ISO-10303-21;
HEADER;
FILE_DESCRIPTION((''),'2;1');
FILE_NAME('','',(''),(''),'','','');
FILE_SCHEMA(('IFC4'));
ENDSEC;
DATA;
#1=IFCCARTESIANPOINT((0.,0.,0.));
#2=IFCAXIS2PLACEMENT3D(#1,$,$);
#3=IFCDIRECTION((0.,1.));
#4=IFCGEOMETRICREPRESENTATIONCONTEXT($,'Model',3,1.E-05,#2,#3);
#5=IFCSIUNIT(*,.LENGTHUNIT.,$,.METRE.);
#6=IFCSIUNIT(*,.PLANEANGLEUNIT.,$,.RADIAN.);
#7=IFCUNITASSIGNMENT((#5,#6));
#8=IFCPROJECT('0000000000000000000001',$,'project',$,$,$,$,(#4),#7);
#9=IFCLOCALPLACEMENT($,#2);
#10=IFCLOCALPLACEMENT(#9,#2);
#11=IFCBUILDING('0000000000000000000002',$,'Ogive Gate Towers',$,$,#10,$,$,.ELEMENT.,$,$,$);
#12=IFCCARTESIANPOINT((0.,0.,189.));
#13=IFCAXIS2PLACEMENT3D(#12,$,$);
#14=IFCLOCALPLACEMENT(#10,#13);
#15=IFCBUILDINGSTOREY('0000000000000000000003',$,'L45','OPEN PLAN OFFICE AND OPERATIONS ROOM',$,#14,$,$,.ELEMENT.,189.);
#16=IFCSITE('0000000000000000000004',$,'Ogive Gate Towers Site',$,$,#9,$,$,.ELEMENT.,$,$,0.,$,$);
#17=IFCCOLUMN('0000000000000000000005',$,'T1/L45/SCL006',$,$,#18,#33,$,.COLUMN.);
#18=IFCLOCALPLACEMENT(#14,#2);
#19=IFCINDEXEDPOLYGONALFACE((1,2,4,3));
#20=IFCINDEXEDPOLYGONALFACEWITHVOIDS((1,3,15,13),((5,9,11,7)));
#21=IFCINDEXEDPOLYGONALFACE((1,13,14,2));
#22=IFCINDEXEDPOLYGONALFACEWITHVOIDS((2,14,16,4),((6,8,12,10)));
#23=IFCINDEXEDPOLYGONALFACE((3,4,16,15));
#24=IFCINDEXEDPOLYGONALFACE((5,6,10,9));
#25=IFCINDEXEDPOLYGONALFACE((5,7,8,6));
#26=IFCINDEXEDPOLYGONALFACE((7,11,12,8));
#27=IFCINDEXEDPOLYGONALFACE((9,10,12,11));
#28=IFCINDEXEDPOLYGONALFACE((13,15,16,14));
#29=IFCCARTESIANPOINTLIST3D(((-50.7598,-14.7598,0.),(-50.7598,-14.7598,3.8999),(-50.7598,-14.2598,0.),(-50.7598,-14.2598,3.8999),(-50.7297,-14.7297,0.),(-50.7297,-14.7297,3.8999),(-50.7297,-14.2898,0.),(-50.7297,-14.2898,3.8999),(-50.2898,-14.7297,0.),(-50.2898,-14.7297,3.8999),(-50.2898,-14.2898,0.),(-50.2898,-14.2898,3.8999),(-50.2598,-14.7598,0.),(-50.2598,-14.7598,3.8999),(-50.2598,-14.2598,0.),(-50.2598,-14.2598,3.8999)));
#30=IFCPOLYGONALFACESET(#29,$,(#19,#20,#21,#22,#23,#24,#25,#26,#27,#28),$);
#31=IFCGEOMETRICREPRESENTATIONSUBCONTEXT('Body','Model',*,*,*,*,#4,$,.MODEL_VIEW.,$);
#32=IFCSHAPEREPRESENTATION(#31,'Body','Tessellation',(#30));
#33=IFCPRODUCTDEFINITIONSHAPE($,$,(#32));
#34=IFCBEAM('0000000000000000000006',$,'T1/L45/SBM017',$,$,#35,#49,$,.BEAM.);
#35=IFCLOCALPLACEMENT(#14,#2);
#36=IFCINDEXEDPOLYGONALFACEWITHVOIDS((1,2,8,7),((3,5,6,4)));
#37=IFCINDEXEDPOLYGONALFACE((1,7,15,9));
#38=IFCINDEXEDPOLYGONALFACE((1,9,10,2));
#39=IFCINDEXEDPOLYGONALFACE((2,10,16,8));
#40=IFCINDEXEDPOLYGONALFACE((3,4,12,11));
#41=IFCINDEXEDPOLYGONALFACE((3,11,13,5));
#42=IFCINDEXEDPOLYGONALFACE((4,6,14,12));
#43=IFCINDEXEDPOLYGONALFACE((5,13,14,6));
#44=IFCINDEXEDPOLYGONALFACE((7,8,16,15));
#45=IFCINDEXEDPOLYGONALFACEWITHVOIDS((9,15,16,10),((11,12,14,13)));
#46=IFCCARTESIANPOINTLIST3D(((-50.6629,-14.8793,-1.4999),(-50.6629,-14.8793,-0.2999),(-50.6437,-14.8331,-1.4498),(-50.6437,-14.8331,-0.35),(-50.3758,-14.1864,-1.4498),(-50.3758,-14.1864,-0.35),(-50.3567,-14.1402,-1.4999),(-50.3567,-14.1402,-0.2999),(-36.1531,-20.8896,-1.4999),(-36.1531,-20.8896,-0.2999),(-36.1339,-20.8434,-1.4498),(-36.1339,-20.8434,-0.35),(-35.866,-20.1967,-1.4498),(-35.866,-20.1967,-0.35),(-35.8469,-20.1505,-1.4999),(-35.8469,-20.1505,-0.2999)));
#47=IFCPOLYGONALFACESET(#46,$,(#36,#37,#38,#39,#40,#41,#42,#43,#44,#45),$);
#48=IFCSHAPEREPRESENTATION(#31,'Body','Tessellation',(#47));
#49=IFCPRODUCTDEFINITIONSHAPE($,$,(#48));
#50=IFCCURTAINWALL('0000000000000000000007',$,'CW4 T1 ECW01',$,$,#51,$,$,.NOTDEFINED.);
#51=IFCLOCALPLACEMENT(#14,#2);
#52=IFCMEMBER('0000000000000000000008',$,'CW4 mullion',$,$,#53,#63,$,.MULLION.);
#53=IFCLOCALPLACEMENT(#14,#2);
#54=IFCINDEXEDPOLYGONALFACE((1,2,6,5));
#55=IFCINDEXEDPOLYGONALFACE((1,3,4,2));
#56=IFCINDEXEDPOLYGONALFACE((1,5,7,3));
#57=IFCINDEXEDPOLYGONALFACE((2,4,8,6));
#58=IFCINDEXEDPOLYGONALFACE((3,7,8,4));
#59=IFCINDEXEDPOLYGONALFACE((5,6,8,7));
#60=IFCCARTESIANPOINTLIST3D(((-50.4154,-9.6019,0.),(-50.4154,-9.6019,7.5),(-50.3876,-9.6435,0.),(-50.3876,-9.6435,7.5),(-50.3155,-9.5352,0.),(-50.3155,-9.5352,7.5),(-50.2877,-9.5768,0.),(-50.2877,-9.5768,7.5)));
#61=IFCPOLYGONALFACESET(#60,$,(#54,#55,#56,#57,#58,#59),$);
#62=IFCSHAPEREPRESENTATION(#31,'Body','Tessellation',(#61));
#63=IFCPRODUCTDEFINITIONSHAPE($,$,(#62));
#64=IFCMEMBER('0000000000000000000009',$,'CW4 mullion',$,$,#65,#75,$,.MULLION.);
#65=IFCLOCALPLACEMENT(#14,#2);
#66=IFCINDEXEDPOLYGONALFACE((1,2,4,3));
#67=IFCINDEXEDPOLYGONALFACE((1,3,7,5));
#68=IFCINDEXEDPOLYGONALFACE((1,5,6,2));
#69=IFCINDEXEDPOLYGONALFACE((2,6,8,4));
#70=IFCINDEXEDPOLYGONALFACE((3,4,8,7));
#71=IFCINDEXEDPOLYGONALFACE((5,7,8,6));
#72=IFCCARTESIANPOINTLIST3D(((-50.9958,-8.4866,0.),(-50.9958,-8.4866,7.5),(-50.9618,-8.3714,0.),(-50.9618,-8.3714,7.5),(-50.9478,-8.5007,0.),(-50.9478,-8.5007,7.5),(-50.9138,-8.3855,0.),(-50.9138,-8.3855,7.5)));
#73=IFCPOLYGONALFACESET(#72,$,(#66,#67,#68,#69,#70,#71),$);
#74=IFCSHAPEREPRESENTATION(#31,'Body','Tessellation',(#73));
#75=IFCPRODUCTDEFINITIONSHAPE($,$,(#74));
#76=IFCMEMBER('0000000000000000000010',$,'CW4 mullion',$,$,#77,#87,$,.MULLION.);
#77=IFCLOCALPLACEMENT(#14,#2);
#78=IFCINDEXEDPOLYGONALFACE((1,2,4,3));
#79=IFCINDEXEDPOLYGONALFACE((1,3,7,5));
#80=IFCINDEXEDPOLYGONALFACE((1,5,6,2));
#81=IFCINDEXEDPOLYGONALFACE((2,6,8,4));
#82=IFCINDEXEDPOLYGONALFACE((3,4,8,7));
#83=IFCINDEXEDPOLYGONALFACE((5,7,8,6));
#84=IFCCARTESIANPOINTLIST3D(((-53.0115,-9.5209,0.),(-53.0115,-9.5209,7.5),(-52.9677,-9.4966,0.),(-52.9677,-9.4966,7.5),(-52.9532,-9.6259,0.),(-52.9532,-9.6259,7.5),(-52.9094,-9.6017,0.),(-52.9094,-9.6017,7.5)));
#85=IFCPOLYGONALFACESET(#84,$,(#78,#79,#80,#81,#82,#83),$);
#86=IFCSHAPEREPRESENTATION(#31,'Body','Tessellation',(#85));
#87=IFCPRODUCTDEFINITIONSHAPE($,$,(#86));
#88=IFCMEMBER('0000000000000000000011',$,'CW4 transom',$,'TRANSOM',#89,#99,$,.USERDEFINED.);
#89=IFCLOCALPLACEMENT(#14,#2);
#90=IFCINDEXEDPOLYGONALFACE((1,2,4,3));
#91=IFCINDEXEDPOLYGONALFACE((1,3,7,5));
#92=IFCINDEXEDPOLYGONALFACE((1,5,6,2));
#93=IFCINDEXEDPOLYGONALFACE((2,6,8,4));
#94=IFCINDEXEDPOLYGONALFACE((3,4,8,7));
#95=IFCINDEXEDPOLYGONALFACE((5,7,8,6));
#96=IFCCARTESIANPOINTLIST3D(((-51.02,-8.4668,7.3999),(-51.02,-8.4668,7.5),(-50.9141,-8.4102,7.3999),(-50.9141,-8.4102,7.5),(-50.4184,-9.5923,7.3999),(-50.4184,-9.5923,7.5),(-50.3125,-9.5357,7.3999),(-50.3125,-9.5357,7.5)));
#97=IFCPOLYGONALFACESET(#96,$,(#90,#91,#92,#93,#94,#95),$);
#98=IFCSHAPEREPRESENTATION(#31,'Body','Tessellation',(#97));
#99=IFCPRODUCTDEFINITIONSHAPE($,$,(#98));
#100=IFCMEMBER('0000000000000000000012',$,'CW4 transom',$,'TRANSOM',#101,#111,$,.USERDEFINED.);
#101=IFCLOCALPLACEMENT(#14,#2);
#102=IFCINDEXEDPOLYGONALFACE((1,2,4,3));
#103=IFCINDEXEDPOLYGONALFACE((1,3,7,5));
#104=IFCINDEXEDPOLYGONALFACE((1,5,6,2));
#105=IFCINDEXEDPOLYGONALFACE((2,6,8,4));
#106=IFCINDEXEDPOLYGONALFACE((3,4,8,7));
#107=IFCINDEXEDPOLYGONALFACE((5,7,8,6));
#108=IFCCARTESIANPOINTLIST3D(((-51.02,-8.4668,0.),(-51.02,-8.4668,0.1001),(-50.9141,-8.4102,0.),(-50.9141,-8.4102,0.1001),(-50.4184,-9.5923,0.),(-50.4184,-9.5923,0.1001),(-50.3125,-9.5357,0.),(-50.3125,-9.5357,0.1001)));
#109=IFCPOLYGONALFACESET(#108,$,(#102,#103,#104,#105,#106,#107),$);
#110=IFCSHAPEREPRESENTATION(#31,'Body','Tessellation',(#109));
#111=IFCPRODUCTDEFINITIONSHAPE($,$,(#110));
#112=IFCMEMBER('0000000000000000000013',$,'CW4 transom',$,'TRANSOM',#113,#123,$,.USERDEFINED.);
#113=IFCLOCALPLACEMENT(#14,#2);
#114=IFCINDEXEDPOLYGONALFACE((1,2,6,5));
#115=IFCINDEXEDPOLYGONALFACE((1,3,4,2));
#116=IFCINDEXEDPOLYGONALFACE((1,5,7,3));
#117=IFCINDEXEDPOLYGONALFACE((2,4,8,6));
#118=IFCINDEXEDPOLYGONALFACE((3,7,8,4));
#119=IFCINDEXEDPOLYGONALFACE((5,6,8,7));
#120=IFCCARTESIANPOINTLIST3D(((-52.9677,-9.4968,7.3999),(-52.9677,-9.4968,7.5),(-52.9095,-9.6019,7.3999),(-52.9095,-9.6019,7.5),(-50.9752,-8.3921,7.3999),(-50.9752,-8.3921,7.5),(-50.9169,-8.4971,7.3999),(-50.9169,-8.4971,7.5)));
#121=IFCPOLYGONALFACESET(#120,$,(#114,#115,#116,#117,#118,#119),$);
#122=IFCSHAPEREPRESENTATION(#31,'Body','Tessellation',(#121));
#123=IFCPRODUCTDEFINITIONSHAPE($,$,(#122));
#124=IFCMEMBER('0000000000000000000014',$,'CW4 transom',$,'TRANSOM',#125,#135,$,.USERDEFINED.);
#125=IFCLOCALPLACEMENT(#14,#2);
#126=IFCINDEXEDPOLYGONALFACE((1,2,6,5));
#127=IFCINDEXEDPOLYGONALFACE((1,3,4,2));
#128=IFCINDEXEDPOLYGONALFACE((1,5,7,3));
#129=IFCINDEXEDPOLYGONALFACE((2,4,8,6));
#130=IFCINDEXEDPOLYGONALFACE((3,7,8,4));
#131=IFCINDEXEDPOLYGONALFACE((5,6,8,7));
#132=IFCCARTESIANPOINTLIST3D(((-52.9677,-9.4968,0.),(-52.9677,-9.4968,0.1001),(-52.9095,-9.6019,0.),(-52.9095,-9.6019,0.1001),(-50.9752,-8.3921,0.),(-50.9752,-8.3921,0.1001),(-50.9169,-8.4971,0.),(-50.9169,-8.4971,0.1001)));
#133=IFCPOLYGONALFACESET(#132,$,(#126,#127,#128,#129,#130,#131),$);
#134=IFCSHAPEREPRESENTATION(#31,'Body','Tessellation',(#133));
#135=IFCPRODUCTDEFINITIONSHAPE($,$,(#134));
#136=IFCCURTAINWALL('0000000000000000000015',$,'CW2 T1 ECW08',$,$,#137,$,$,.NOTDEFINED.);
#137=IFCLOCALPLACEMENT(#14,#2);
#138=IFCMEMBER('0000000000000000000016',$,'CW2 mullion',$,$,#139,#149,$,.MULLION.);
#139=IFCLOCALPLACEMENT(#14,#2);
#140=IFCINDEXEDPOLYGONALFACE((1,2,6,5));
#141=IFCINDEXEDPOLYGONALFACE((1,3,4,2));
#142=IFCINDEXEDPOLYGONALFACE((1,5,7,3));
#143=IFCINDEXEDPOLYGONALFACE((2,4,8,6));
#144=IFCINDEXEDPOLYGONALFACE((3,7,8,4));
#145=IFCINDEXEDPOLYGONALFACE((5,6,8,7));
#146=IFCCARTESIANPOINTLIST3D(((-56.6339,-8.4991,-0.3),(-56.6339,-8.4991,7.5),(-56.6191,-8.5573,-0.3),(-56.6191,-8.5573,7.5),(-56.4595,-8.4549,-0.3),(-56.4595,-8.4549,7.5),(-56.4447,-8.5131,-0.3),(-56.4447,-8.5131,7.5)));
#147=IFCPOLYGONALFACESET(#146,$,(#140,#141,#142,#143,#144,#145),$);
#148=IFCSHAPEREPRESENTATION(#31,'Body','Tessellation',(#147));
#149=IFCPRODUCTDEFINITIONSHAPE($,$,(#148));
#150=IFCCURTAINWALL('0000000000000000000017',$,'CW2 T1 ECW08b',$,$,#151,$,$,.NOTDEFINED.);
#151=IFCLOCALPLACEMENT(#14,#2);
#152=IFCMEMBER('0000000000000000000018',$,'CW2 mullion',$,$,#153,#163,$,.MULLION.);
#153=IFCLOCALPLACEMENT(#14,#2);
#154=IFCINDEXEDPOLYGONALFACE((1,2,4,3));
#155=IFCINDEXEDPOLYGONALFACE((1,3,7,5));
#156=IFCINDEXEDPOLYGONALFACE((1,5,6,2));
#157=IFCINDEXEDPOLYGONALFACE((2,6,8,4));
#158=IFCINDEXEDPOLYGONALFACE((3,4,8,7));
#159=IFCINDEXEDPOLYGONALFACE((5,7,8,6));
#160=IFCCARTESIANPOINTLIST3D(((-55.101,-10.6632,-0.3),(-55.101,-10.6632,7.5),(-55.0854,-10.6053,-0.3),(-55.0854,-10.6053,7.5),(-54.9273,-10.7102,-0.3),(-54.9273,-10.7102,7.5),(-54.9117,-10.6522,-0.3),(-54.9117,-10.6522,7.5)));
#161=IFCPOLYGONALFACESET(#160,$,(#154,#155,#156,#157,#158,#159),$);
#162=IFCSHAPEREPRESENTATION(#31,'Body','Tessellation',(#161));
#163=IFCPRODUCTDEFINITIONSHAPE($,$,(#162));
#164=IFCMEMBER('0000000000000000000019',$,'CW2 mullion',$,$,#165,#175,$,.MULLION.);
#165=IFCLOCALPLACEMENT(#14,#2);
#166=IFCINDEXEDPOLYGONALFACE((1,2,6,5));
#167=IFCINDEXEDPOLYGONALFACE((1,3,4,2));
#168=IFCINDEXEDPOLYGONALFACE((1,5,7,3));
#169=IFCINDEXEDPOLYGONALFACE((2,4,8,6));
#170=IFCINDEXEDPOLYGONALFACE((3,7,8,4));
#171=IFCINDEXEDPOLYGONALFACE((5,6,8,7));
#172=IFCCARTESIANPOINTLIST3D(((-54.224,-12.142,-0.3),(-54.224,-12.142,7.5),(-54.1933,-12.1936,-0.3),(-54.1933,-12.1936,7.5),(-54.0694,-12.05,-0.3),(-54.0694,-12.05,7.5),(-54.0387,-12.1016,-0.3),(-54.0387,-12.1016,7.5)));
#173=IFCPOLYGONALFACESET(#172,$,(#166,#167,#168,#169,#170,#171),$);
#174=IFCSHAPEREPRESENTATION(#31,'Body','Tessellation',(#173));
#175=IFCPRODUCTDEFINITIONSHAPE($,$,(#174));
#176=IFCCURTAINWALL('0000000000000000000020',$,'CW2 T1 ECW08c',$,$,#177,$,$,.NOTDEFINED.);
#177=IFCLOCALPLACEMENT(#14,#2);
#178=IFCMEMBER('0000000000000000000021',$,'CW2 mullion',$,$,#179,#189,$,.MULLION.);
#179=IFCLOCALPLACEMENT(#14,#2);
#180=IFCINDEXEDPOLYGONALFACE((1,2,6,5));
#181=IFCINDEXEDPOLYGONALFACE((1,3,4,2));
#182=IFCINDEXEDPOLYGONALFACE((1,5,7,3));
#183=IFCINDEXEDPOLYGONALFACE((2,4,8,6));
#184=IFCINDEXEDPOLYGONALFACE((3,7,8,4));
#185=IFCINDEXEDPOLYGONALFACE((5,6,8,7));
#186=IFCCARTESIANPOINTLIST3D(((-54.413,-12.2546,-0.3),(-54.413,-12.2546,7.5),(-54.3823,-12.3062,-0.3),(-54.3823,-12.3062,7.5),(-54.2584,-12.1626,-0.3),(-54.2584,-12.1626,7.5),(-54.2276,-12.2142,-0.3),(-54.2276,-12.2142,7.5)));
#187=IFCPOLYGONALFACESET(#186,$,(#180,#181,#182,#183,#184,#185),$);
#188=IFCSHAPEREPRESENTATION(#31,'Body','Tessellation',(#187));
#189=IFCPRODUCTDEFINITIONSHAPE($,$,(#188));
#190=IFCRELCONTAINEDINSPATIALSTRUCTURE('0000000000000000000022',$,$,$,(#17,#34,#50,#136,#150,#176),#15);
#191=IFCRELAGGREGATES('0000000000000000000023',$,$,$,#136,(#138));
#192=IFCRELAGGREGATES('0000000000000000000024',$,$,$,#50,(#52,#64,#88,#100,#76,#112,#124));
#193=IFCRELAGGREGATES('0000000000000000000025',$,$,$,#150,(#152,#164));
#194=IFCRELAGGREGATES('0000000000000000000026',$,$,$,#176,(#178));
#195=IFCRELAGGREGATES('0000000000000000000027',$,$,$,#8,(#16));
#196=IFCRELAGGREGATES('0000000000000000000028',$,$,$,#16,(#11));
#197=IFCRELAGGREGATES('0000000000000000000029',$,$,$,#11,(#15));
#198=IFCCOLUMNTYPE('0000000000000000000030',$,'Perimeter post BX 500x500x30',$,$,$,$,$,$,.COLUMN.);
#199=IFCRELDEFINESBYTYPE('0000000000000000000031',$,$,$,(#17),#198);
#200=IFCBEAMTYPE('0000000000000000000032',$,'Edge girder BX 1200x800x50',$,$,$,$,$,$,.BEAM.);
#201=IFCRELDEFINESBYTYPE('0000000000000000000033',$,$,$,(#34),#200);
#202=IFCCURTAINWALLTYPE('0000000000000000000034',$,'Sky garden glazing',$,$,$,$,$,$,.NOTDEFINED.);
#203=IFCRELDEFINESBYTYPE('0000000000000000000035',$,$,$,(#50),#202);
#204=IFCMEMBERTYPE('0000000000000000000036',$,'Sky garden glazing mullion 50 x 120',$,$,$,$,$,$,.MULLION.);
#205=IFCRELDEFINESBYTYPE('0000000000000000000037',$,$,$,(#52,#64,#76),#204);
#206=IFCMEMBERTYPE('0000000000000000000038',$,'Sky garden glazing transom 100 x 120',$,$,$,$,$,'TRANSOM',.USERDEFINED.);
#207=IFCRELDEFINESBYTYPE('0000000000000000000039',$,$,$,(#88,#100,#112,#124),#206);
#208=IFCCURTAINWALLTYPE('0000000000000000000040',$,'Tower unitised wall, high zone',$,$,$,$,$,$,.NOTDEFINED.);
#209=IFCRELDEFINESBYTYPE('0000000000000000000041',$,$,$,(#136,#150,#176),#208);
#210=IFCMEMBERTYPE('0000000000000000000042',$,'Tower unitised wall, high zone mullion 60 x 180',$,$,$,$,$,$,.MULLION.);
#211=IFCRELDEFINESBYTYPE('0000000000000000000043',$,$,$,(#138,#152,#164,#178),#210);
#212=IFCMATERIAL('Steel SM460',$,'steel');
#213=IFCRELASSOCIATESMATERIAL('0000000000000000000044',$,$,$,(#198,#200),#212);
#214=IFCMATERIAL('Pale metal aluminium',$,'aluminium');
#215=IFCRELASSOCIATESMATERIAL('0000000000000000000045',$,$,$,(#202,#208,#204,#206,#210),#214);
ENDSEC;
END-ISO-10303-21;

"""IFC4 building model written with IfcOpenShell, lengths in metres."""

from ifc_helpers import new_model, si_unit, direction, frame, origin, origin_2d, place, context, subcontext, project, spatial, rectangle, hollow_rectangle, extrude, material, material_profile, profile_set, type_object, element, aggregate, save


model = new_model("IFC4")

# Units and contexts
model_context = context("Model", 3, precision=1e-05, world=origin(), true_north=direction((0.0, 1.0)))
body_context = subcontext(model_context, "Body", "Model", "MODEL_VIEW")
ifc_project = project(units=[si_unit("LENGTHUNIT", "METRE"), si_unit("PLANEANGLEUNIT", "RADIAN")], contexts=[model_context])

# Site, building, storey
site_placement = place(None, origin())
site = spatial("IfcSite", under=ifc_project, at=site_placement, Name="Ogive Gate Towers Site", CompositionType="ELEMENT", RefElevation=0.0)
building_placement = place(site_placement, origin())
building = spatial("IfcBuilding", under=site, at=building_placement, Name="Ogive Gate Towers", CompositionType="ELEMENT")
storey_placement = place(building_placement, frame((0.0, 0.0, 189.0)))
storey = spatial("IfcBuildingStorey", under=building, at=storey_placement, Name="L45", Description="OPEN PLAN OFFICE AND OPERATIONS ROOM", CompositionType="ELEMENT", Elevation=189.0)

# Column
ifc_material_1 = material(Name="Steel SM460", Category="steel")
ifc_material_profile_1 = material_profile(ifc_material_1, hollow_rectangle(XDim=0.5, YDim=0.5, WallThickness=0.03, at=origin_2d()), Name="BX 500x500x30")
ifc_profile_set_1 = profile_set([ifc_material_profile_1], Name="Steel SM460")
column_type = type_object("IfcColumnType", Name="Perimeter post BX 500x500x30", PredefinedType="COLUMN", material=ifc_profile_set_1)
column_placement = place(storey_placement, frame((-50.5098, -14.5098, 0.0), z_axis=(0.0, 0.0, 1.0), x_axis=(1.0, 0.0, 0.0)))
element("IfcColumn", 1, at=column_placement, inside=storey, type_object=column_type, Name="T1/L45/SCL006", PredefinedType="COLUMN", context=body_context, shape_type="SweptSolid", body=[
    extrude(hollow_rectangle(XDim=0.5, YDim=0.5, WallThickness=0.03, at=origin_2d()), origin(), (0.0, 0.0, 1.0), 3.8999),
])

# Beam
ifc_material_profile_2 = material_profile(ifc_material_1, hollow_rectangle(XDim=0.8, YDim=1.2, WallThickness=0.05, at=origin_2d()), Name="BX 1200x800x50")
ifc_profile_set_2 = profile_set([ifc_material_profile_2], Name="Steel SM460")
beam_type = type_object("IfcBeamType", Name="Edge girder BX 1200x800x50", PredefinedType="BEAM", material=ifc_profile_set_2)
beam_placement = place(storey_placement, frame((-50.5098, -14.5098, -0.8999), z_axis=(0.923877, -0.38269, 0.0), x_axis=(0.38269, 0.923877, 0.0)))
element("IfcBeam", 2, at=beam_placement, inside=storey, type_object=beam_type, Name="T1/L45/SBM017", PredefinedType="BEAM", context=body_context, shape_type="SweptSolid", body=[
    extrude(hollow_rectangle(XDim=0.8, YDim=1.2, WallThickness=0.05, at=origin_2d()), origin(), (0.0, 0.0, 1.0), 15.7053),
])

# Curtain wall, members
ifc_material_2 = material(Name="Pale metal aluminium", Category="aluminium")
curtain_wall_type_1 = type_object("IfcCurtainWallType", Name="Sky garden glazing", PredefinedType="NOTDEFINED", material=ifc_material_2)
curtain_wall_1_placement = place(storey_placement, origin())
curtain_wall_1 = element("IfcCurtainWall", 3, at=curtain_wall_1_placement, inside=storey, type_object=curtain_wall_type_1, Name="CW4 T1 ECW01", PredefinedType="NOTDEFINED")
ifc_material_profile_3 = material_profile(ifc_material_2, rectangle(XDim=0.1201, YDim=0.05, at=origin_2d()), Name="50 x 120 aluminium box")
ifc_profile_set_3 = profile_set([ifc_material_profile_3], Name="Pale metal aluminium")
member_type_1 = type_object("IfcMemberType", Name="Sky garden glazing mullion 50 x 120", PredefinedType="MULLION", material=ifc_profile_set_3)
member_1_placement = place(storey_placement, frame((-50.3516, -9.5894, 0.0), z_axis=(0.0, 0.0, 1.0), x_axis=(0.83146, 0.555585, 0.0)))
member_1 = element("IfcMember", 4, at=member_1_placement, type_object=member_type_1, Name="CW4 mullion", PredefinedType="MULLION", context=body_context, shape_type="SweptSolid", body=[
    extrude(rectangle(XDim=0.1201, YDim=0.05, at=origin_2d()), origin(), (0.0, 0.0, 1.0), 7.5),
])
member_2_placement = place(storey_placement, frame((-50.9548, -8.436, 0.0), z_axis=(0.0, 0.0, 1.0), x_axis=(0.282944, 0.959136, 0.0)))
member_2 = element("IfcMember", 5, at=member_2_placement, type_object=member_type_1, Name="CW4 mullion", PredefinedType="MULLION", context=body_context, shape_type="SweptSolid", body=[
    extrude(rectangle(XDim=0.1201, YDim=0.05, at=origin_2d()), origin(), (0.0, 0.0, 1.0), 7.5),
])
member_3_placement = place(storey_placement, frame((-52.9604, -9.5613, 0.0), z_axis=(0.0, 0.0, 1.0), x_axis=(-0.484825, 0.874611, 0.0)))
member_3 = element("IfcMember", 6, at=member_3_placement, type_object=member_type_1, Name="CW4 mullion", PredefinedType="MULLION", context=body_context, shape_type="SweptSolid", body=[
    extrude(rectangle(XDim=0.1201, YDim=0.05, at=origin_2d()), origin(), (0.0, 0.0, 1.0), 7.5),
])
ifc_material_profile_4 = material_profile(ifc_material_2, rectangle(XDim=0.1201, YDim=0.1001, at=origin_2d()), Name="100 x 120 aluminium box")
ifc_profile_set_4 = profile_set([ifc_material_profile_4], Name="Pale metal aluminium")
member_type_2 = type_object("IfcMemberType", Name="Sky garden glazing transom 100 x 120", ElementType="TRANSOM", PredefinedType="USERDEFINED", material=ifc_profile_set_4)
member_4_placement = place(storey_placement, frame((-50.3655, -9.564, 7.45), z_axis=(-0.471382, 0.881929, 0.0), x_axis=(-0.881929, -0.471382, 0.0)))
member_4 = element("IfcMember", 7, at=member_4_placement, type_object=member_type_2, Name="CW4 transom", ObjectType="TRANSOM", PredefinedType="USERDEFINED", context=body_context, shape_type="SweptSolid", body=[
    extrude(rectangle(XDim=0.1201, YDim=0.1001, at=origin_2d()), origin(), (0.0, 0.0, 1.0), 1.2761),
])
member_5_placement = place(storey_placement, frame((-50.3655, -9.564, 0.05), z_axis=(-0.471382, 0.881929, 0.0), x_axis=(-0.881929, -0.471382, 0.0)))
member_5 = element("IfcMember", 8, at=member_5_placement, type_object=member_type_2, Name="CW4 transom", ObjectType="TRANSOM", PredefinedType="USERDEFINED", context=body_context, shape_type="SweptSolid", body=[
    extrude(rectangle(XDim=0.1201, YDim=0.1001, at=origin_2d()), origin(), (0.0, 0.0, 1.0), 1.2761),
])
member_6_placement = place(storey_placement, frame((-50.946, -8.4446, 7.45), z_axis=(-0.874561, -0.484915, 0.0), x_axis=(0.484915, -0.874561, 0.0)))
member_6 = element("IfcMember", 9, at=member_6_placement, type_object=member_type_2, Name="CW4 transom", ObjectType="TRANSOM", PredefinedType="USERDEFINED", context=body_context, shape_type="SweptSolid", body=[
    extrude(rectangle(XDim=0.1201, YDim=0.1001, at=origin_2d()), origin(), (0.0, 0.0, 1.0), 2.2783),
])
member_7_placement = place(storey_placement, frame((-50.946, -8.4446, 0.05), z_axis=(-0.874561, -0.484915, 0.0), x_axis=(0.484915, -0.874561, 0.0)))
member_7 = element("IfcMember", 10, at=member_7_placement, type_object=member_type_2, Name="CW4 transom", ObjectType="TRANSOM", PredefinedType="USERDEFINED", context=body_context, shape_type="SweptSolid", body=[
    extrude(rectangle(XDim=0.1201, YDim=0.1001, at=origin_2d()), origin(), (0.0, 0.0, 1.0), 2.2783),
])

# Curtain wall, member
curtain_wall_type_2 = type_object("IfcCurtainWallType", Name="Tower unitised wall, high zone", PredefinedType="NOTDEFINED", material=ifc_material_2)
curtain_wall_2_placement = place(storey_placement, origin())
curtain_wall_2 = element("IfcCurtainWall", 11, at=curtain_wall_2_placement, inside=storey, type_object=curtain_wall_type_2, Name="CW2 T1 ECW08", PredefinedType="NOTDEFINED")
ifc_material_profile_5 = material_profile(ifc_material_2, rectangle(XDim=0.1799, YDim=0.0601, at=origin_2d()), Name="60 x 180 aluminium box")
ifc_profile_set_5 = profile_set([ifc_material_profile_5], Name="Pale metal aluminium")
member_type_3 = type_object("IfcMemberType", Name="Tower unitised wall, high zone mullion 60 x 180", PredefinedType="MULLION", material=ifc_profile_set_5)
member_8_placement = place(storey_placement, frame((-56.5393, -8.5061, -0.3), z_axis=(0.0, 0.0, 1.0), x_axis=(0.9693, 0.245883, 0.0)))
member_8 = element("IfcMember", 12, at=member_8_placement, type_object=member_type_3, Name="CW2 mullion", PredefinedType="MULLION", context=body_context, shape_type="SweptSolid", body=[
    extrude(rectangle(XDim=0.1799, YDim=0.0601, at=origin_2d()), origin(), (0.0, 0.0, 1.0), 7.8),
])

# Curtain wall, members
curtain_wall_3_placement = place(storey_placement, origin())
curtain_wall_3 = element("IfcCurtainWall", 13, at=curtain_wall_3_placement, inside=storey, type_object=curtain_wall_type_2, Name="CW2 T1 ECW08b", PredefinedType="NOTDEFINED")
member_9_placement = place(storey_placement, frame((-55.0063, -10.6577, -0.3), z_axis=(0.0, 0.0, 1.0), x_axis=(-0.965395, 0.260791, 0.0)))
member_9 = element("IfcMember", 14, at=member_9_placement, type_object=member_type_3, Name="CW2 mullion", PredefinedType="MULLION", context=body_context, shape_type="SweptSolid", body=[
    extrude(rectangle(XDim=0.1799, YDim=0.0601, at=origin_2d()), origin(), (0.0, 0.0, 1.0), 7.8),
])
member_10_placement = place(storey_placement, frame((-54.1313, -12.1218, -0.3), z_axis=(0.0, 0.0, 1.0), x_axis=(-0.859264, -0.511533, 0.0)))
member_10 = element("IfcMember", 15, at=member_10_placement, type_object=member_type_3, Name="CW2 mullion", PredefinedType="MULLION", context=body_context, shape_type="SweptSolid", body=[
    extrude(rectangle(XDim=0.1799, YDim=0.0601, at=origin_2d()), origin(), (0.0, 0.0, 1.0), 7.8),
])

# Curtain wall, member
curtain_wall_4_placement = place(storey_placement, origin())
curtain_wall_4 = element("IfcCurtainWall", 16, at=curtain_wall_4_placement, inside=storey, type_object=curtain_wall_type_2, Name="CW2 T1 ECW08c", PredefinedType="NOTDEFINED")
member_11_placement = place(storey_placement, frame((-54.3203, -12.2344, -0.3), z_axis=(0.0, 0.0, 1.0), x_axis=(0.859273, 0.511518, 0.0)))
member_11 = element("IfcMember", 17, at=member_11_placement, type_object=member_type_3, Name="CW2 mullion", PredefinedType="MULLION", context=body_context, shape_type="SweptSolid", body=[
    extrude(rectangle(XDim=0.1799, YDim=0.0601, at=origin_2d()), origin(), (0.0, 0.0, 1.0), 7.8),
])

aggregate(curtain_wall_2, [member_8])

aggregate(curtain_wall_1, [member_1, member_2, member_4, member_5, member_3, member_6, member_7])
aggregate(curtain_wall_3, [member_9, member_10])
aggregate(curtain_wall_4, [member_11])

save(model, "model.ifc")
